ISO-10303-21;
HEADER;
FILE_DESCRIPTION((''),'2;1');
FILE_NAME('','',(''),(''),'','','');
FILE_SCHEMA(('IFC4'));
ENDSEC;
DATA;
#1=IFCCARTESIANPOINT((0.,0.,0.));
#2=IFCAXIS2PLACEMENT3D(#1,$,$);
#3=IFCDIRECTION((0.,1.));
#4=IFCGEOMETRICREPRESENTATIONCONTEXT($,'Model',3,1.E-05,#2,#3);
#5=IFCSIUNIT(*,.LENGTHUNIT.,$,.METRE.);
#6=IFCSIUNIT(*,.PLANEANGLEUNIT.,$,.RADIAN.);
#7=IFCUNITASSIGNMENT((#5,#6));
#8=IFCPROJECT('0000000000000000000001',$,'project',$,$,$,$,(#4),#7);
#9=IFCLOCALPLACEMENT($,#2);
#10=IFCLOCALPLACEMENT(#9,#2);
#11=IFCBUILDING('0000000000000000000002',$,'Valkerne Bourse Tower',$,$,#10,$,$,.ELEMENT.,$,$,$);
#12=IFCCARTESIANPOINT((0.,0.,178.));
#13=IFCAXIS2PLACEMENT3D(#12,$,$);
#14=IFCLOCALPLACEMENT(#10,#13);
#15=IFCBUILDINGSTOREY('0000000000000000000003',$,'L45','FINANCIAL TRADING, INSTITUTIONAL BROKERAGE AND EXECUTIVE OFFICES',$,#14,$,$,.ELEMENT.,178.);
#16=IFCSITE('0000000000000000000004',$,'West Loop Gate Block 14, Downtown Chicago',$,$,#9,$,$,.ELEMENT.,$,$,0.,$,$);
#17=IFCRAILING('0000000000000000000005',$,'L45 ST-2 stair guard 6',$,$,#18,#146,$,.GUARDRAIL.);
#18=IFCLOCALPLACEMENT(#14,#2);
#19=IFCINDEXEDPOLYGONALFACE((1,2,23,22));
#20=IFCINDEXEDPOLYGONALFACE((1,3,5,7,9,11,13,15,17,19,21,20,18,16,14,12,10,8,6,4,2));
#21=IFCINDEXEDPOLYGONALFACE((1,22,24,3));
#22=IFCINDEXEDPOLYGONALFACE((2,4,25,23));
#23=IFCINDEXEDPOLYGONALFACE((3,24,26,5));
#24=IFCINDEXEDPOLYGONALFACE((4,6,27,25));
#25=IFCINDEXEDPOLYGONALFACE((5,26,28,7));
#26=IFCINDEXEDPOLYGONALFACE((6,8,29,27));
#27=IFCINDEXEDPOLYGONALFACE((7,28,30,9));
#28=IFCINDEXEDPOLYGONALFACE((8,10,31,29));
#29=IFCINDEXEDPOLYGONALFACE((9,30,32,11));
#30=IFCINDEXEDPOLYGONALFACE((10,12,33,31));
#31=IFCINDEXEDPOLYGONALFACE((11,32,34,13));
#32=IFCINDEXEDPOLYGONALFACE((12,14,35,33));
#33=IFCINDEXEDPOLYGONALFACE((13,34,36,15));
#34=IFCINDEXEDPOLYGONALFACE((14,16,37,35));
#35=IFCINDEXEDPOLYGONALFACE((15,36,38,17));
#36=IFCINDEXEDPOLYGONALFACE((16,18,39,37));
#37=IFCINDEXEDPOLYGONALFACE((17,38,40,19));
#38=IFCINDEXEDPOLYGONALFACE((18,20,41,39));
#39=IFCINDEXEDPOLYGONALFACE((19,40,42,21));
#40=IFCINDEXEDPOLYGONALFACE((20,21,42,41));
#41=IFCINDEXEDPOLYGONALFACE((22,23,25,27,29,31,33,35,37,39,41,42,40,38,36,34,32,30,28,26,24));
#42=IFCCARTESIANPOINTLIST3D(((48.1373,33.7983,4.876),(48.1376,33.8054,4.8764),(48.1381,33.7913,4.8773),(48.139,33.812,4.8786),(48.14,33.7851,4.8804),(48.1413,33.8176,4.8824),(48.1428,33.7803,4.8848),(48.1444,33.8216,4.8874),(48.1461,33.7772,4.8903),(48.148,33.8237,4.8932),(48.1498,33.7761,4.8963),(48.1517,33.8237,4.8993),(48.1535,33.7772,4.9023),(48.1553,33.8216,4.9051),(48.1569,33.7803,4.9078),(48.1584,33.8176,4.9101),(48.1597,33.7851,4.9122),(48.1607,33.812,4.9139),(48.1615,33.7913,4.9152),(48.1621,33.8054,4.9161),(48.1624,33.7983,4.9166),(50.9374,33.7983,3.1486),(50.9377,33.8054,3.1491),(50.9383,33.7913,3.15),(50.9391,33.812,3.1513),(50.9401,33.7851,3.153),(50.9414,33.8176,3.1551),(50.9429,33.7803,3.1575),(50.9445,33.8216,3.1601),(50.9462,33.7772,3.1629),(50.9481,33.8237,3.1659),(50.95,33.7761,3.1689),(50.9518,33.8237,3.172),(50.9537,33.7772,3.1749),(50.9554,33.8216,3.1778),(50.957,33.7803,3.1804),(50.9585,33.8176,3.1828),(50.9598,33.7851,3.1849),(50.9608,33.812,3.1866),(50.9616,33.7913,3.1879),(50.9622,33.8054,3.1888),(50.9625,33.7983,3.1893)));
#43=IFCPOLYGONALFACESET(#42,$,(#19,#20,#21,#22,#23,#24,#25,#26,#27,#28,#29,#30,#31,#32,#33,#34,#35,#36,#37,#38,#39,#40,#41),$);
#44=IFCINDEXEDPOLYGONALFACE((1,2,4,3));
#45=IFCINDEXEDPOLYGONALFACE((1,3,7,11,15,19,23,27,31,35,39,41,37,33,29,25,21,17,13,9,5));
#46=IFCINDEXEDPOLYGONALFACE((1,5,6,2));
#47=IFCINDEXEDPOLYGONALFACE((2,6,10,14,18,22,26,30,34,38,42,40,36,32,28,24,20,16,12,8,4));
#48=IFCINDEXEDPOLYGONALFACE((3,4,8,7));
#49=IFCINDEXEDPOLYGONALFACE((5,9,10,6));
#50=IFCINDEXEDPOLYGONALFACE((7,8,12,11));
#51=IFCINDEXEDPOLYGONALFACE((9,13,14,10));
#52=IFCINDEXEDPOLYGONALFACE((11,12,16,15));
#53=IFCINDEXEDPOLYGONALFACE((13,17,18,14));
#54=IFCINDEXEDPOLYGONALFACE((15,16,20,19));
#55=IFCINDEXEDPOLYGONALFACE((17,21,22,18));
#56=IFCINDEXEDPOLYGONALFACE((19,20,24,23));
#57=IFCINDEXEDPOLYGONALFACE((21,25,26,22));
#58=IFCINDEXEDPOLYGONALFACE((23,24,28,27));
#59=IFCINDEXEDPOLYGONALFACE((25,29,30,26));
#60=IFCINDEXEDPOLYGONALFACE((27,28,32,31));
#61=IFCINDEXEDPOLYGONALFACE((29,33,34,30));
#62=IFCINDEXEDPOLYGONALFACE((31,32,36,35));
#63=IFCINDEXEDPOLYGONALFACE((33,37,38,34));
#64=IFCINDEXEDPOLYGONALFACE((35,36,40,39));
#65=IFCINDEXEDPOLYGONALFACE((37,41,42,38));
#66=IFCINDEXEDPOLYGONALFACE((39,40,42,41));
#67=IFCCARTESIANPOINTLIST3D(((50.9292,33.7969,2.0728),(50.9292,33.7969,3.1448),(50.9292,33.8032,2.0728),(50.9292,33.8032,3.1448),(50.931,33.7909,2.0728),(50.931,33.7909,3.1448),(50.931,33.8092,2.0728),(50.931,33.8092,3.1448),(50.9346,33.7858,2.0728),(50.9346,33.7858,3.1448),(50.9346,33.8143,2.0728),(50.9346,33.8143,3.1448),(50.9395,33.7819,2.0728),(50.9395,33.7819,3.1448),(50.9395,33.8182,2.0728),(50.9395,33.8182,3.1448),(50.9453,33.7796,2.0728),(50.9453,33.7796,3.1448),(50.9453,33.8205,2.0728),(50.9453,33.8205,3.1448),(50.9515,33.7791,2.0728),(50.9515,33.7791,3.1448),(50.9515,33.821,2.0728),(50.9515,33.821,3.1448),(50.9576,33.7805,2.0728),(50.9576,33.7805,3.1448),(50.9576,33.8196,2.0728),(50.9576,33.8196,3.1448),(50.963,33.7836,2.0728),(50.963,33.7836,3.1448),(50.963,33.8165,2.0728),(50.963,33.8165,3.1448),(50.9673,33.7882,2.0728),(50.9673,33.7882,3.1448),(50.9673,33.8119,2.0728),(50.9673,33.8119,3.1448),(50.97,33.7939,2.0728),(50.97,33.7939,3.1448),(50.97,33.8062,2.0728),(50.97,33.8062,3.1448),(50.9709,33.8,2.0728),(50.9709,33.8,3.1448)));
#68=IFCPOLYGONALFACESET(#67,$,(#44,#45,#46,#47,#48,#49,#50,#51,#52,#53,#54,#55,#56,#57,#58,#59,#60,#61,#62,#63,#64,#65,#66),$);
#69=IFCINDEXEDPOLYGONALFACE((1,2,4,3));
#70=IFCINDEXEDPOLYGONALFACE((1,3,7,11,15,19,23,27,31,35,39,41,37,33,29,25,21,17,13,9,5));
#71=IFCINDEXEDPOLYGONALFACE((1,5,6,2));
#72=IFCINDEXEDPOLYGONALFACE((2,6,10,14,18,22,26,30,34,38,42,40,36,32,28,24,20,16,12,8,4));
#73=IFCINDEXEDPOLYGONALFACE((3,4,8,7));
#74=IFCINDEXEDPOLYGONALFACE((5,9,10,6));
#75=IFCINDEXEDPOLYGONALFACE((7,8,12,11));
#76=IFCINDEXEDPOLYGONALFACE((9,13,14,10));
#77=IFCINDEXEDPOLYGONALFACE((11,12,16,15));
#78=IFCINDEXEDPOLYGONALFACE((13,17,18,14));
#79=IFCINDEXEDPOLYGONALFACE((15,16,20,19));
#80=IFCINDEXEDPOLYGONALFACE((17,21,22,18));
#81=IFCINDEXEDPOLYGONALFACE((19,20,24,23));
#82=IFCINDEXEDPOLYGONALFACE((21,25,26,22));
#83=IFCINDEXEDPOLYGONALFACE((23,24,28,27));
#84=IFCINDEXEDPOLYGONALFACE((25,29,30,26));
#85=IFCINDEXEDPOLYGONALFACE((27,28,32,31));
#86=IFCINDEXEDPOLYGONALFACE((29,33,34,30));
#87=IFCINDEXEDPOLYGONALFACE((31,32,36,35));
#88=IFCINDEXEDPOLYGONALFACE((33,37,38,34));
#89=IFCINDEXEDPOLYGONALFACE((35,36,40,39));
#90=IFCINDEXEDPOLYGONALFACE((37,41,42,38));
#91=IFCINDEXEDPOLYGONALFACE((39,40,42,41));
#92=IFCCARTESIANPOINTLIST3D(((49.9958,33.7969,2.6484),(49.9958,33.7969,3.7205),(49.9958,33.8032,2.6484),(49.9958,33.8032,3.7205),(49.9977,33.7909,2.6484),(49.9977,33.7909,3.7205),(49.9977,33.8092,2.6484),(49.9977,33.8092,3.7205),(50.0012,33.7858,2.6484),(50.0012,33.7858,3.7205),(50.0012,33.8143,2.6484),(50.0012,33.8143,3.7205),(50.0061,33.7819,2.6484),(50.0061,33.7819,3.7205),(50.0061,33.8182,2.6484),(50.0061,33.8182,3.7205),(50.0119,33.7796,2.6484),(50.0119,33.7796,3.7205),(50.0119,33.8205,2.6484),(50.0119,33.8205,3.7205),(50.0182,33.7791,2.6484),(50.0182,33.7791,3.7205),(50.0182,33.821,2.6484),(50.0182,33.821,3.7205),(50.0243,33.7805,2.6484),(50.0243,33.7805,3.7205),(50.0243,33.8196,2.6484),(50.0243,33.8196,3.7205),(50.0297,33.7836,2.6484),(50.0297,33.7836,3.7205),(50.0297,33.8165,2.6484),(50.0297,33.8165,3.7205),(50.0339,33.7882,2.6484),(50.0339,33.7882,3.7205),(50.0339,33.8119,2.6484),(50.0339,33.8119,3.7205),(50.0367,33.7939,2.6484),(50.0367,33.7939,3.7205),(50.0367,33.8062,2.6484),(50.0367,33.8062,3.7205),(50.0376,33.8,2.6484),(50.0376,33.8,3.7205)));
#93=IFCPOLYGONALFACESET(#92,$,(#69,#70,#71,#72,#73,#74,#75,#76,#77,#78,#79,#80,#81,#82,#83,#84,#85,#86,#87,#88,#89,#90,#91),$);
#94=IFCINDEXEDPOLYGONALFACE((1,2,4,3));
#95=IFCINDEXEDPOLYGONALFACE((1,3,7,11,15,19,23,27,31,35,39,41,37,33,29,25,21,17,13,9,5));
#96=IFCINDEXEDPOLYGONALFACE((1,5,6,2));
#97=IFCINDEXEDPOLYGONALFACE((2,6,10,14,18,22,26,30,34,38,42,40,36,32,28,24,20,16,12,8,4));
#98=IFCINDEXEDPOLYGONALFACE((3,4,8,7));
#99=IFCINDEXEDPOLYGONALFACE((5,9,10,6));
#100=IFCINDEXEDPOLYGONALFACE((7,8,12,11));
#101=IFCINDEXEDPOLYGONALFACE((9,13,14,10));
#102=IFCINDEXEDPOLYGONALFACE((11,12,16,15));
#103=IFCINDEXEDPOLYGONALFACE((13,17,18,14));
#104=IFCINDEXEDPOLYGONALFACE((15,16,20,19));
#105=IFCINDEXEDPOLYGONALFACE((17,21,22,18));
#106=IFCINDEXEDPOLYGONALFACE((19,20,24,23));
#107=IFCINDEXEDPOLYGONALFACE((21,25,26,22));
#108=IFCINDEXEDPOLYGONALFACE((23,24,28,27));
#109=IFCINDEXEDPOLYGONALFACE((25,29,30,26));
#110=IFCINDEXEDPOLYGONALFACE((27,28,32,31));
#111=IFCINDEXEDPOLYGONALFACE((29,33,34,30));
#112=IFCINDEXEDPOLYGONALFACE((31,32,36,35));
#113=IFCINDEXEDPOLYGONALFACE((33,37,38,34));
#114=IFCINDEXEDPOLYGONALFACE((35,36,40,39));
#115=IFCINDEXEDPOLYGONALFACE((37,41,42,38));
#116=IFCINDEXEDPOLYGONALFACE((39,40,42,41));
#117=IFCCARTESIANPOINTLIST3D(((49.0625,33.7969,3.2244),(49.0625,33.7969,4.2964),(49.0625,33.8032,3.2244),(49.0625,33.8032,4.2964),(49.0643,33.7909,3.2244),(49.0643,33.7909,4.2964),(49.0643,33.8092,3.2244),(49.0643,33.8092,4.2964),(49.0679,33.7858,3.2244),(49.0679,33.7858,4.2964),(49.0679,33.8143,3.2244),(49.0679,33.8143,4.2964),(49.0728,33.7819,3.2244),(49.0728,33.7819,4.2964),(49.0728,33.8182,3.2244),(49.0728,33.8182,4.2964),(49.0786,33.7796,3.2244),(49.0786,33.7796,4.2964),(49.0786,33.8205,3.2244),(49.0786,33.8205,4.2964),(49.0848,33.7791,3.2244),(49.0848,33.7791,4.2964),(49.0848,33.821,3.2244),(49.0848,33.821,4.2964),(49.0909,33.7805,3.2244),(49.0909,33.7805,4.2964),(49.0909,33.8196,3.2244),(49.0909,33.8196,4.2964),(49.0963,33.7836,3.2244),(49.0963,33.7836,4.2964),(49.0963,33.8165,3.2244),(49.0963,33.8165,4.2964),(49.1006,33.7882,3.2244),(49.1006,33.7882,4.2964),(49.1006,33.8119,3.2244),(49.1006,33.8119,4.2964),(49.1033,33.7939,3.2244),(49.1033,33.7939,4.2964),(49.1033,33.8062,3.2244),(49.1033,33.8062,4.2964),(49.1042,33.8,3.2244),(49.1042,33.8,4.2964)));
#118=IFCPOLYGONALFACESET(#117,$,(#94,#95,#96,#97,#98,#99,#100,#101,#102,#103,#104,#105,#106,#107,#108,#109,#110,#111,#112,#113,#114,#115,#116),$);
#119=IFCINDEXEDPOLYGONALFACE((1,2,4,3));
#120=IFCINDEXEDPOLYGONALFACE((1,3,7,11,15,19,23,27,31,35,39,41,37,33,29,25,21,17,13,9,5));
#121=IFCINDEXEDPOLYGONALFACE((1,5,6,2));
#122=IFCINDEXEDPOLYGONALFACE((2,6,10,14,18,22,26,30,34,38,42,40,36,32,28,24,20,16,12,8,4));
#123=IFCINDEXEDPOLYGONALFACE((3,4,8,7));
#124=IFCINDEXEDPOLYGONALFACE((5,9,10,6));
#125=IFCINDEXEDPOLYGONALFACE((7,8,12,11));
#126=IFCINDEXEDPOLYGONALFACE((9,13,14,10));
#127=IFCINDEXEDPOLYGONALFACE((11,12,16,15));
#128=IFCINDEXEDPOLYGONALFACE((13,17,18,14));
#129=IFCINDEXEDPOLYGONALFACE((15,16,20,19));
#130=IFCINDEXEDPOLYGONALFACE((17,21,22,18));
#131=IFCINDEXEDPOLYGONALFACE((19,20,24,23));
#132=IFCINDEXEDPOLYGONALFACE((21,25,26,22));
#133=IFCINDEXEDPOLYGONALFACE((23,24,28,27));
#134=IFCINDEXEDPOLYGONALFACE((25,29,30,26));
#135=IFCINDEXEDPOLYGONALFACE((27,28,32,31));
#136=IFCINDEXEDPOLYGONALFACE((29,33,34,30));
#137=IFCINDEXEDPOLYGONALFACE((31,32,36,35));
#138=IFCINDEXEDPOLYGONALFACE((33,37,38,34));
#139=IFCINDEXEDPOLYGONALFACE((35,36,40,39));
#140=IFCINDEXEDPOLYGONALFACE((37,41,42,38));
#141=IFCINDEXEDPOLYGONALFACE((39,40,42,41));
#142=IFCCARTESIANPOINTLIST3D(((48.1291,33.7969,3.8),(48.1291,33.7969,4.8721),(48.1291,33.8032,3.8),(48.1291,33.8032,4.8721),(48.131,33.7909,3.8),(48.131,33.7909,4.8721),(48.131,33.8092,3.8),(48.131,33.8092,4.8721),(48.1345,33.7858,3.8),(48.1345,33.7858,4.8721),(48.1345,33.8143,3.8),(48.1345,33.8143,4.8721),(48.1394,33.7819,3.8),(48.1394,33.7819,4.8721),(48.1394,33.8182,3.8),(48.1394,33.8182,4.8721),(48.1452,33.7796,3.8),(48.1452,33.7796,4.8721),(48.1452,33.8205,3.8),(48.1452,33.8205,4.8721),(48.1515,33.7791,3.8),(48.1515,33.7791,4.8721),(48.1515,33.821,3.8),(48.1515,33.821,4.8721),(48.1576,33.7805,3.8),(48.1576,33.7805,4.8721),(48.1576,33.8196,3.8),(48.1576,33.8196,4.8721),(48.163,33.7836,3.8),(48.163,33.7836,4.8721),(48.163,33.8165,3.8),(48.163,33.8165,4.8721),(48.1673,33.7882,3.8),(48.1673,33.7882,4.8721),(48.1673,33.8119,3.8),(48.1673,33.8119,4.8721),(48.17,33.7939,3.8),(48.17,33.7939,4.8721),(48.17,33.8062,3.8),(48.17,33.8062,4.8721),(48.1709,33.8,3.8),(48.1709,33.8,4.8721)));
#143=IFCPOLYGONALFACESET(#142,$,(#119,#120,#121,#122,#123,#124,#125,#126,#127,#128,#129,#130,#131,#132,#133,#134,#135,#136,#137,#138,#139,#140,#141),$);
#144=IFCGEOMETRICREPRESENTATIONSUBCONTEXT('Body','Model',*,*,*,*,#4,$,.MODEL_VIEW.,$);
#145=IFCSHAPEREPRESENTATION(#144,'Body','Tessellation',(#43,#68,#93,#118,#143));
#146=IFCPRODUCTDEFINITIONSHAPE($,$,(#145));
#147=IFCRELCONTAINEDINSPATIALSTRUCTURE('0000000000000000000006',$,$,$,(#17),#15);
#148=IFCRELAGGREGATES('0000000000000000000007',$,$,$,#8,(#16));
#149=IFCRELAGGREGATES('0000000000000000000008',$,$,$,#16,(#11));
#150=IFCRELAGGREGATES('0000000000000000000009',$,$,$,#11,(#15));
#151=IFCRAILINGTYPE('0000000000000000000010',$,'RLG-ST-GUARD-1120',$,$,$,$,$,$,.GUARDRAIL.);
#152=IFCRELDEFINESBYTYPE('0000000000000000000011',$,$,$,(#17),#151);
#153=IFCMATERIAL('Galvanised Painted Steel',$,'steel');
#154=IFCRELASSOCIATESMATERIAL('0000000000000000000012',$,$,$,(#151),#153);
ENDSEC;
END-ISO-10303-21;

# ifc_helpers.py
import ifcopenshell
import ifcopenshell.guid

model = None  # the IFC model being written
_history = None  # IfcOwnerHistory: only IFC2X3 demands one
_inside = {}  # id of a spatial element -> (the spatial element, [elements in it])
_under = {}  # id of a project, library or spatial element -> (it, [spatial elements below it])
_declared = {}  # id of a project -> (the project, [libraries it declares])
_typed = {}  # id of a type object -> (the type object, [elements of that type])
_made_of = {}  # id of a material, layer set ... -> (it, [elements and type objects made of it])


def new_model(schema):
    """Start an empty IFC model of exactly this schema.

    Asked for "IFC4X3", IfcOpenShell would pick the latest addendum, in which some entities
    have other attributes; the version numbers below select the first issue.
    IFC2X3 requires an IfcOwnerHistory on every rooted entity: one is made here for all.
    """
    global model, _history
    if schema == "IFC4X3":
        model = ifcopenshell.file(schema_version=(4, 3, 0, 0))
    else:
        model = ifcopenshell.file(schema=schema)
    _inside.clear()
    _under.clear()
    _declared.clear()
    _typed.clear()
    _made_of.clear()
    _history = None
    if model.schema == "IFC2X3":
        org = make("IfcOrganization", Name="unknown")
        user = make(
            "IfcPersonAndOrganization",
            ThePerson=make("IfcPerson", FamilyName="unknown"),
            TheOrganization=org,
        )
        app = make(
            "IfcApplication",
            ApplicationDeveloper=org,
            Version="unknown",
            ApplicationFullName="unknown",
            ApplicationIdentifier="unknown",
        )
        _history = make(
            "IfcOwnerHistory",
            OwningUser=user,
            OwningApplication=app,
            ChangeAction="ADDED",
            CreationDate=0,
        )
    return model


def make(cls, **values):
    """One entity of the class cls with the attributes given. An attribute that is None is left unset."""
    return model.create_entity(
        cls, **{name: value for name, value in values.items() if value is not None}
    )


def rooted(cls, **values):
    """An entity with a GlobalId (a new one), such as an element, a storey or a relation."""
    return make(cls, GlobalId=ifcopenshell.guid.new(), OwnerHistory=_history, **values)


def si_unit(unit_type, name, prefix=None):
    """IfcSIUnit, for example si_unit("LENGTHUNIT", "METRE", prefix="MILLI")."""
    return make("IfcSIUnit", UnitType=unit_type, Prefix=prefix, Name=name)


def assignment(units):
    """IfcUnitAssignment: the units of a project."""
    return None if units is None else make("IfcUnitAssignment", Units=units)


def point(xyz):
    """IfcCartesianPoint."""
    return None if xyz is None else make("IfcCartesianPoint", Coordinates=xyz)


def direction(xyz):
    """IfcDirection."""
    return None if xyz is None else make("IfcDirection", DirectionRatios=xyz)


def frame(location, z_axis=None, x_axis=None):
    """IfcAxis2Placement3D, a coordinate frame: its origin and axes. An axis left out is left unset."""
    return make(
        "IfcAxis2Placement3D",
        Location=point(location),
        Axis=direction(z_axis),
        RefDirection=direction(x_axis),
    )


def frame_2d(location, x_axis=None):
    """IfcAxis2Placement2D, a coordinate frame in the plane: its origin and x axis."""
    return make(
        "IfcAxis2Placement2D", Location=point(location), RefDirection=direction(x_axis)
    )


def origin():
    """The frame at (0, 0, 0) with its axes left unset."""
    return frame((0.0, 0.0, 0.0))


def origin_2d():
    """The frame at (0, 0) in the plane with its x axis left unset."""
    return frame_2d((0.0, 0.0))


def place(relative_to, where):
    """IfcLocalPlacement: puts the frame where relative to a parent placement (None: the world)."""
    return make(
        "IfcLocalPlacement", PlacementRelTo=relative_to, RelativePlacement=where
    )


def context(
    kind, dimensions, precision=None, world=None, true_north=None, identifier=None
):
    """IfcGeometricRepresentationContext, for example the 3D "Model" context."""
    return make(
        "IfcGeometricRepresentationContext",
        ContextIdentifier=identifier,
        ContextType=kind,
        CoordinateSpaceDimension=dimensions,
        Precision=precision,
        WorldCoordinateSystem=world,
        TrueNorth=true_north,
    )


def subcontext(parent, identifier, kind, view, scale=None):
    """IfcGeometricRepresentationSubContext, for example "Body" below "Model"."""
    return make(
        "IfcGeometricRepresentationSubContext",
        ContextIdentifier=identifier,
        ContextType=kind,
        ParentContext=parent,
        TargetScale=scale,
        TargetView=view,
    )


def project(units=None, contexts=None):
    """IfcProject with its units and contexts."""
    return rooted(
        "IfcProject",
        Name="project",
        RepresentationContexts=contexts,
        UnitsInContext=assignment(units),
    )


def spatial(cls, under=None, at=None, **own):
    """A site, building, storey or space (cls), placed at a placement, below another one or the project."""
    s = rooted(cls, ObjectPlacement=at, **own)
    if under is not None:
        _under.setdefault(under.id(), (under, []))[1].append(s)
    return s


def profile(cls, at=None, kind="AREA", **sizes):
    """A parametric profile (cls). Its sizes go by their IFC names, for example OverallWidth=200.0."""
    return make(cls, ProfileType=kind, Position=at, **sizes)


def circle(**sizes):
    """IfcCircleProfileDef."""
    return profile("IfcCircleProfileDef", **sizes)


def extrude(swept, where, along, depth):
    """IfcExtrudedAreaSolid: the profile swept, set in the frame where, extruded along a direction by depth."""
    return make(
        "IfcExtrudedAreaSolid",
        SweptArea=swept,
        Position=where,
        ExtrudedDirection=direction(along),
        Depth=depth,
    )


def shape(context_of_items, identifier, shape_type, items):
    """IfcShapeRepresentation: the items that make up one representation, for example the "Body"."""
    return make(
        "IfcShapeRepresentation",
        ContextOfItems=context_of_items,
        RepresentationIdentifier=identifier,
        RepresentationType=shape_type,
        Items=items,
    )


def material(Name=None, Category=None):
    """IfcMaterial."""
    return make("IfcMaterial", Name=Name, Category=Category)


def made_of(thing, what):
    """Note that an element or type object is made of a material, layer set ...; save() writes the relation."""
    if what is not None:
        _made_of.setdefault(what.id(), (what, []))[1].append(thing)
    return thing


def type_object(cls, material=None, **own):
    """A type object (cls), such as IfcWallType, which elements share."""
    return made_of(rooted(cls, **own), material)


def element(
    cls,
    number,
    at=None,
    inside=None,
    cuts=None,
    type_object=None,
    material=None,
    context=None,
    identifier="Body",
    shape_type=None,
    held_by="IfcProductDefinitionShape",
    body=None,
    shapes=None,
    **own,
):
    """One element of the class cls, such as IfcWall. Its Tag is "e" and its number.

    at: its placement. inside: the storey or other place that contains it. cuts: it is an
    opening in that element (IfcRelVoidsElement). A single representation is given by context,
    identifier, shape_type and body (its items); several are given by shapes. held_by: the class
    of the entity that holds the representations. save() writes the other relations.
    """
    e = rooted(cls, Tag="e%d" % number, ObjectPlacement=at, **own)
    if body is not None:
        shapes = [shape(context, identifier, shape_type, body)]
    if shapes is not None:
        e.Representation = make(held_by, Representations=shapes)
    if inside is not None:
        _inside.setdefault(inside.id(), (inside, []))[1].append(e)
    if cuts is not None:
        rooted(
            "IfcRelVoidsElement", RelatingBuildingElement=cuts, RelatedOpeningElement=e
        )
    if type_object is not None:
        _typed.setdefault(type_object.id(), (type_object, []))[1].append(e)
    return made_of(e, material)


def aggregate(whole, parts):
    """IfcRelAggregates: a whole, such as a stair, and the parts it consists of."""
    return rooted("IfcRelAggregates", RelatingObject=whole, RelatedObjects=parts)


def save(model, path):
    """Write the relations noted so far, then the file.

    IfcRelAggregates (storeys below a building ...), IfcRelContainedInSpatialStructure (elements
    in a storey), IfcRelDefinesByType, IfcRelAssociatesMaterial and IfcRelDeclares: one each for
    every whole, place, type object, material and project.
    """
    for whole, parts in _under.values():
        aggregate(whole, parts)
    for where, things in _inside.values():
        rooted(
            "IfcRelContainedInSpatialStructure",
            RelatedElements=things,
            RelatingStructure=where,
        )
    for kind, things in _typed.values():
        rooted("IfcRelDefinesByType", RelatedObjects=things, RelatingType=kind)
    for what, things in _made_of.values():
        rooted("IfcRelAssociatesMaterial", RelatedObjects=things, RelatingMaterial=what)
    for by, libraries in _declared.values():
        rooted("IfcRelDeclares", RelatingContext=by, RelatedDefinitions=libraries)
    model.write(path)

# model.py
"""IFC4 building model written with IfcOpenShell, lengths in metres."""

from ifc_helpers import new_model, si_unit, direction, frame, origin, origin_2d, place, context, subcontext, project, spatial, circle, extrude, material, type_object, element, save


model = new_model("IFC4")

# Units and contexts
model_context = context("Model", 3, precision=1e-05, world=origin(), true_north=direction((0.0, 1.0)))
body_context = subcontext(model_context, "Body", "Model", "MODEL_VIEW")
ifc_project = project(units=[si_unit("LENGTHUNIT", "METRE"), si_unit("PLANEANGLEUNIT", "RADIAN")], contexts=[model_context])

# Site, building, storey
site_placement = place(None, origin())
site = spatial("IfcSite", under=ifc_project, at=site_placement, Name="West Loop Gate Block 14, Downtown Chicago", CompositionType="ELEMENT", RefElevation=0.0)
building_placement = place(site_placement, origin())
building = spatial("IfcBuilding", under=site, at=building_placement, Name="Valkerne Bourse Tower", CompositionType="ELEMENT")
storey_placement = place(building_placement, frame((0.0, 0.0, 178.0)))
storey = spatial("IfcBuildingStorey", under=building, at=storey_placement, Name="L45", Description="FINANCIAL TRADING, INSTITUTIONAL BROKERAGE AND EXECUTIVE OFFICES", CompositionType="ELEMENT", Elevation=178.0)

# Shared definitions
ifc_material_1 = material(Name="Galvanised Painted Steel", Category="steel")

# Railing
railing_type_1 = type_object("IfcRailingType", Name="RLG-ST-GUARD-1120", PredefinedType="GUARDRAIL", material=ifc_material_1)
railing_1_placement = place(storey_placement, frame((50.95, 33.8, 2.0728)))
element("IfcRailing", 1, at=railing_1_placement, inside=storey, type_object=railing_type_1, Name="L45 ST-2 stair guard 6", PredefinedType="GUARDRAIL", context=body_context, shape_type="SweptSolid", body=[
    extrude(circle(Radius=0.0239, at=origin_2d()), frame((0.0, 0.0, 1.0962), z_axis=(-0.85109, 0.0, 0.52502), x_axis=(0.0, -1.0, 0.0)), (0.0, 0.0, 1.0), 3.29),
    extrude(circle(Radius=0.021, at=origin_2d()), origin(), (0.0, 0.0, 1.0), 1.072),
    extrude(circle(Radius=0.021, at=origin_2d()), frame((-0.9333, 0.0, 0.5757)), (0.0, 0.0, 1.0), 1.072),
    extrude(circle(Radius=0.021, at=origin_2d()), frame((-1.8667, 0.0, 1.1516)), (0.0, 0.0, 1.0), 1.072),
    extrude(circle(Radius=0.021, at=origin_2d()), frame((-2.8, 0.0, 1.7273)), (0.0, 0.0, 1.0), 1.072),
])

save(model, "model.ifc")
